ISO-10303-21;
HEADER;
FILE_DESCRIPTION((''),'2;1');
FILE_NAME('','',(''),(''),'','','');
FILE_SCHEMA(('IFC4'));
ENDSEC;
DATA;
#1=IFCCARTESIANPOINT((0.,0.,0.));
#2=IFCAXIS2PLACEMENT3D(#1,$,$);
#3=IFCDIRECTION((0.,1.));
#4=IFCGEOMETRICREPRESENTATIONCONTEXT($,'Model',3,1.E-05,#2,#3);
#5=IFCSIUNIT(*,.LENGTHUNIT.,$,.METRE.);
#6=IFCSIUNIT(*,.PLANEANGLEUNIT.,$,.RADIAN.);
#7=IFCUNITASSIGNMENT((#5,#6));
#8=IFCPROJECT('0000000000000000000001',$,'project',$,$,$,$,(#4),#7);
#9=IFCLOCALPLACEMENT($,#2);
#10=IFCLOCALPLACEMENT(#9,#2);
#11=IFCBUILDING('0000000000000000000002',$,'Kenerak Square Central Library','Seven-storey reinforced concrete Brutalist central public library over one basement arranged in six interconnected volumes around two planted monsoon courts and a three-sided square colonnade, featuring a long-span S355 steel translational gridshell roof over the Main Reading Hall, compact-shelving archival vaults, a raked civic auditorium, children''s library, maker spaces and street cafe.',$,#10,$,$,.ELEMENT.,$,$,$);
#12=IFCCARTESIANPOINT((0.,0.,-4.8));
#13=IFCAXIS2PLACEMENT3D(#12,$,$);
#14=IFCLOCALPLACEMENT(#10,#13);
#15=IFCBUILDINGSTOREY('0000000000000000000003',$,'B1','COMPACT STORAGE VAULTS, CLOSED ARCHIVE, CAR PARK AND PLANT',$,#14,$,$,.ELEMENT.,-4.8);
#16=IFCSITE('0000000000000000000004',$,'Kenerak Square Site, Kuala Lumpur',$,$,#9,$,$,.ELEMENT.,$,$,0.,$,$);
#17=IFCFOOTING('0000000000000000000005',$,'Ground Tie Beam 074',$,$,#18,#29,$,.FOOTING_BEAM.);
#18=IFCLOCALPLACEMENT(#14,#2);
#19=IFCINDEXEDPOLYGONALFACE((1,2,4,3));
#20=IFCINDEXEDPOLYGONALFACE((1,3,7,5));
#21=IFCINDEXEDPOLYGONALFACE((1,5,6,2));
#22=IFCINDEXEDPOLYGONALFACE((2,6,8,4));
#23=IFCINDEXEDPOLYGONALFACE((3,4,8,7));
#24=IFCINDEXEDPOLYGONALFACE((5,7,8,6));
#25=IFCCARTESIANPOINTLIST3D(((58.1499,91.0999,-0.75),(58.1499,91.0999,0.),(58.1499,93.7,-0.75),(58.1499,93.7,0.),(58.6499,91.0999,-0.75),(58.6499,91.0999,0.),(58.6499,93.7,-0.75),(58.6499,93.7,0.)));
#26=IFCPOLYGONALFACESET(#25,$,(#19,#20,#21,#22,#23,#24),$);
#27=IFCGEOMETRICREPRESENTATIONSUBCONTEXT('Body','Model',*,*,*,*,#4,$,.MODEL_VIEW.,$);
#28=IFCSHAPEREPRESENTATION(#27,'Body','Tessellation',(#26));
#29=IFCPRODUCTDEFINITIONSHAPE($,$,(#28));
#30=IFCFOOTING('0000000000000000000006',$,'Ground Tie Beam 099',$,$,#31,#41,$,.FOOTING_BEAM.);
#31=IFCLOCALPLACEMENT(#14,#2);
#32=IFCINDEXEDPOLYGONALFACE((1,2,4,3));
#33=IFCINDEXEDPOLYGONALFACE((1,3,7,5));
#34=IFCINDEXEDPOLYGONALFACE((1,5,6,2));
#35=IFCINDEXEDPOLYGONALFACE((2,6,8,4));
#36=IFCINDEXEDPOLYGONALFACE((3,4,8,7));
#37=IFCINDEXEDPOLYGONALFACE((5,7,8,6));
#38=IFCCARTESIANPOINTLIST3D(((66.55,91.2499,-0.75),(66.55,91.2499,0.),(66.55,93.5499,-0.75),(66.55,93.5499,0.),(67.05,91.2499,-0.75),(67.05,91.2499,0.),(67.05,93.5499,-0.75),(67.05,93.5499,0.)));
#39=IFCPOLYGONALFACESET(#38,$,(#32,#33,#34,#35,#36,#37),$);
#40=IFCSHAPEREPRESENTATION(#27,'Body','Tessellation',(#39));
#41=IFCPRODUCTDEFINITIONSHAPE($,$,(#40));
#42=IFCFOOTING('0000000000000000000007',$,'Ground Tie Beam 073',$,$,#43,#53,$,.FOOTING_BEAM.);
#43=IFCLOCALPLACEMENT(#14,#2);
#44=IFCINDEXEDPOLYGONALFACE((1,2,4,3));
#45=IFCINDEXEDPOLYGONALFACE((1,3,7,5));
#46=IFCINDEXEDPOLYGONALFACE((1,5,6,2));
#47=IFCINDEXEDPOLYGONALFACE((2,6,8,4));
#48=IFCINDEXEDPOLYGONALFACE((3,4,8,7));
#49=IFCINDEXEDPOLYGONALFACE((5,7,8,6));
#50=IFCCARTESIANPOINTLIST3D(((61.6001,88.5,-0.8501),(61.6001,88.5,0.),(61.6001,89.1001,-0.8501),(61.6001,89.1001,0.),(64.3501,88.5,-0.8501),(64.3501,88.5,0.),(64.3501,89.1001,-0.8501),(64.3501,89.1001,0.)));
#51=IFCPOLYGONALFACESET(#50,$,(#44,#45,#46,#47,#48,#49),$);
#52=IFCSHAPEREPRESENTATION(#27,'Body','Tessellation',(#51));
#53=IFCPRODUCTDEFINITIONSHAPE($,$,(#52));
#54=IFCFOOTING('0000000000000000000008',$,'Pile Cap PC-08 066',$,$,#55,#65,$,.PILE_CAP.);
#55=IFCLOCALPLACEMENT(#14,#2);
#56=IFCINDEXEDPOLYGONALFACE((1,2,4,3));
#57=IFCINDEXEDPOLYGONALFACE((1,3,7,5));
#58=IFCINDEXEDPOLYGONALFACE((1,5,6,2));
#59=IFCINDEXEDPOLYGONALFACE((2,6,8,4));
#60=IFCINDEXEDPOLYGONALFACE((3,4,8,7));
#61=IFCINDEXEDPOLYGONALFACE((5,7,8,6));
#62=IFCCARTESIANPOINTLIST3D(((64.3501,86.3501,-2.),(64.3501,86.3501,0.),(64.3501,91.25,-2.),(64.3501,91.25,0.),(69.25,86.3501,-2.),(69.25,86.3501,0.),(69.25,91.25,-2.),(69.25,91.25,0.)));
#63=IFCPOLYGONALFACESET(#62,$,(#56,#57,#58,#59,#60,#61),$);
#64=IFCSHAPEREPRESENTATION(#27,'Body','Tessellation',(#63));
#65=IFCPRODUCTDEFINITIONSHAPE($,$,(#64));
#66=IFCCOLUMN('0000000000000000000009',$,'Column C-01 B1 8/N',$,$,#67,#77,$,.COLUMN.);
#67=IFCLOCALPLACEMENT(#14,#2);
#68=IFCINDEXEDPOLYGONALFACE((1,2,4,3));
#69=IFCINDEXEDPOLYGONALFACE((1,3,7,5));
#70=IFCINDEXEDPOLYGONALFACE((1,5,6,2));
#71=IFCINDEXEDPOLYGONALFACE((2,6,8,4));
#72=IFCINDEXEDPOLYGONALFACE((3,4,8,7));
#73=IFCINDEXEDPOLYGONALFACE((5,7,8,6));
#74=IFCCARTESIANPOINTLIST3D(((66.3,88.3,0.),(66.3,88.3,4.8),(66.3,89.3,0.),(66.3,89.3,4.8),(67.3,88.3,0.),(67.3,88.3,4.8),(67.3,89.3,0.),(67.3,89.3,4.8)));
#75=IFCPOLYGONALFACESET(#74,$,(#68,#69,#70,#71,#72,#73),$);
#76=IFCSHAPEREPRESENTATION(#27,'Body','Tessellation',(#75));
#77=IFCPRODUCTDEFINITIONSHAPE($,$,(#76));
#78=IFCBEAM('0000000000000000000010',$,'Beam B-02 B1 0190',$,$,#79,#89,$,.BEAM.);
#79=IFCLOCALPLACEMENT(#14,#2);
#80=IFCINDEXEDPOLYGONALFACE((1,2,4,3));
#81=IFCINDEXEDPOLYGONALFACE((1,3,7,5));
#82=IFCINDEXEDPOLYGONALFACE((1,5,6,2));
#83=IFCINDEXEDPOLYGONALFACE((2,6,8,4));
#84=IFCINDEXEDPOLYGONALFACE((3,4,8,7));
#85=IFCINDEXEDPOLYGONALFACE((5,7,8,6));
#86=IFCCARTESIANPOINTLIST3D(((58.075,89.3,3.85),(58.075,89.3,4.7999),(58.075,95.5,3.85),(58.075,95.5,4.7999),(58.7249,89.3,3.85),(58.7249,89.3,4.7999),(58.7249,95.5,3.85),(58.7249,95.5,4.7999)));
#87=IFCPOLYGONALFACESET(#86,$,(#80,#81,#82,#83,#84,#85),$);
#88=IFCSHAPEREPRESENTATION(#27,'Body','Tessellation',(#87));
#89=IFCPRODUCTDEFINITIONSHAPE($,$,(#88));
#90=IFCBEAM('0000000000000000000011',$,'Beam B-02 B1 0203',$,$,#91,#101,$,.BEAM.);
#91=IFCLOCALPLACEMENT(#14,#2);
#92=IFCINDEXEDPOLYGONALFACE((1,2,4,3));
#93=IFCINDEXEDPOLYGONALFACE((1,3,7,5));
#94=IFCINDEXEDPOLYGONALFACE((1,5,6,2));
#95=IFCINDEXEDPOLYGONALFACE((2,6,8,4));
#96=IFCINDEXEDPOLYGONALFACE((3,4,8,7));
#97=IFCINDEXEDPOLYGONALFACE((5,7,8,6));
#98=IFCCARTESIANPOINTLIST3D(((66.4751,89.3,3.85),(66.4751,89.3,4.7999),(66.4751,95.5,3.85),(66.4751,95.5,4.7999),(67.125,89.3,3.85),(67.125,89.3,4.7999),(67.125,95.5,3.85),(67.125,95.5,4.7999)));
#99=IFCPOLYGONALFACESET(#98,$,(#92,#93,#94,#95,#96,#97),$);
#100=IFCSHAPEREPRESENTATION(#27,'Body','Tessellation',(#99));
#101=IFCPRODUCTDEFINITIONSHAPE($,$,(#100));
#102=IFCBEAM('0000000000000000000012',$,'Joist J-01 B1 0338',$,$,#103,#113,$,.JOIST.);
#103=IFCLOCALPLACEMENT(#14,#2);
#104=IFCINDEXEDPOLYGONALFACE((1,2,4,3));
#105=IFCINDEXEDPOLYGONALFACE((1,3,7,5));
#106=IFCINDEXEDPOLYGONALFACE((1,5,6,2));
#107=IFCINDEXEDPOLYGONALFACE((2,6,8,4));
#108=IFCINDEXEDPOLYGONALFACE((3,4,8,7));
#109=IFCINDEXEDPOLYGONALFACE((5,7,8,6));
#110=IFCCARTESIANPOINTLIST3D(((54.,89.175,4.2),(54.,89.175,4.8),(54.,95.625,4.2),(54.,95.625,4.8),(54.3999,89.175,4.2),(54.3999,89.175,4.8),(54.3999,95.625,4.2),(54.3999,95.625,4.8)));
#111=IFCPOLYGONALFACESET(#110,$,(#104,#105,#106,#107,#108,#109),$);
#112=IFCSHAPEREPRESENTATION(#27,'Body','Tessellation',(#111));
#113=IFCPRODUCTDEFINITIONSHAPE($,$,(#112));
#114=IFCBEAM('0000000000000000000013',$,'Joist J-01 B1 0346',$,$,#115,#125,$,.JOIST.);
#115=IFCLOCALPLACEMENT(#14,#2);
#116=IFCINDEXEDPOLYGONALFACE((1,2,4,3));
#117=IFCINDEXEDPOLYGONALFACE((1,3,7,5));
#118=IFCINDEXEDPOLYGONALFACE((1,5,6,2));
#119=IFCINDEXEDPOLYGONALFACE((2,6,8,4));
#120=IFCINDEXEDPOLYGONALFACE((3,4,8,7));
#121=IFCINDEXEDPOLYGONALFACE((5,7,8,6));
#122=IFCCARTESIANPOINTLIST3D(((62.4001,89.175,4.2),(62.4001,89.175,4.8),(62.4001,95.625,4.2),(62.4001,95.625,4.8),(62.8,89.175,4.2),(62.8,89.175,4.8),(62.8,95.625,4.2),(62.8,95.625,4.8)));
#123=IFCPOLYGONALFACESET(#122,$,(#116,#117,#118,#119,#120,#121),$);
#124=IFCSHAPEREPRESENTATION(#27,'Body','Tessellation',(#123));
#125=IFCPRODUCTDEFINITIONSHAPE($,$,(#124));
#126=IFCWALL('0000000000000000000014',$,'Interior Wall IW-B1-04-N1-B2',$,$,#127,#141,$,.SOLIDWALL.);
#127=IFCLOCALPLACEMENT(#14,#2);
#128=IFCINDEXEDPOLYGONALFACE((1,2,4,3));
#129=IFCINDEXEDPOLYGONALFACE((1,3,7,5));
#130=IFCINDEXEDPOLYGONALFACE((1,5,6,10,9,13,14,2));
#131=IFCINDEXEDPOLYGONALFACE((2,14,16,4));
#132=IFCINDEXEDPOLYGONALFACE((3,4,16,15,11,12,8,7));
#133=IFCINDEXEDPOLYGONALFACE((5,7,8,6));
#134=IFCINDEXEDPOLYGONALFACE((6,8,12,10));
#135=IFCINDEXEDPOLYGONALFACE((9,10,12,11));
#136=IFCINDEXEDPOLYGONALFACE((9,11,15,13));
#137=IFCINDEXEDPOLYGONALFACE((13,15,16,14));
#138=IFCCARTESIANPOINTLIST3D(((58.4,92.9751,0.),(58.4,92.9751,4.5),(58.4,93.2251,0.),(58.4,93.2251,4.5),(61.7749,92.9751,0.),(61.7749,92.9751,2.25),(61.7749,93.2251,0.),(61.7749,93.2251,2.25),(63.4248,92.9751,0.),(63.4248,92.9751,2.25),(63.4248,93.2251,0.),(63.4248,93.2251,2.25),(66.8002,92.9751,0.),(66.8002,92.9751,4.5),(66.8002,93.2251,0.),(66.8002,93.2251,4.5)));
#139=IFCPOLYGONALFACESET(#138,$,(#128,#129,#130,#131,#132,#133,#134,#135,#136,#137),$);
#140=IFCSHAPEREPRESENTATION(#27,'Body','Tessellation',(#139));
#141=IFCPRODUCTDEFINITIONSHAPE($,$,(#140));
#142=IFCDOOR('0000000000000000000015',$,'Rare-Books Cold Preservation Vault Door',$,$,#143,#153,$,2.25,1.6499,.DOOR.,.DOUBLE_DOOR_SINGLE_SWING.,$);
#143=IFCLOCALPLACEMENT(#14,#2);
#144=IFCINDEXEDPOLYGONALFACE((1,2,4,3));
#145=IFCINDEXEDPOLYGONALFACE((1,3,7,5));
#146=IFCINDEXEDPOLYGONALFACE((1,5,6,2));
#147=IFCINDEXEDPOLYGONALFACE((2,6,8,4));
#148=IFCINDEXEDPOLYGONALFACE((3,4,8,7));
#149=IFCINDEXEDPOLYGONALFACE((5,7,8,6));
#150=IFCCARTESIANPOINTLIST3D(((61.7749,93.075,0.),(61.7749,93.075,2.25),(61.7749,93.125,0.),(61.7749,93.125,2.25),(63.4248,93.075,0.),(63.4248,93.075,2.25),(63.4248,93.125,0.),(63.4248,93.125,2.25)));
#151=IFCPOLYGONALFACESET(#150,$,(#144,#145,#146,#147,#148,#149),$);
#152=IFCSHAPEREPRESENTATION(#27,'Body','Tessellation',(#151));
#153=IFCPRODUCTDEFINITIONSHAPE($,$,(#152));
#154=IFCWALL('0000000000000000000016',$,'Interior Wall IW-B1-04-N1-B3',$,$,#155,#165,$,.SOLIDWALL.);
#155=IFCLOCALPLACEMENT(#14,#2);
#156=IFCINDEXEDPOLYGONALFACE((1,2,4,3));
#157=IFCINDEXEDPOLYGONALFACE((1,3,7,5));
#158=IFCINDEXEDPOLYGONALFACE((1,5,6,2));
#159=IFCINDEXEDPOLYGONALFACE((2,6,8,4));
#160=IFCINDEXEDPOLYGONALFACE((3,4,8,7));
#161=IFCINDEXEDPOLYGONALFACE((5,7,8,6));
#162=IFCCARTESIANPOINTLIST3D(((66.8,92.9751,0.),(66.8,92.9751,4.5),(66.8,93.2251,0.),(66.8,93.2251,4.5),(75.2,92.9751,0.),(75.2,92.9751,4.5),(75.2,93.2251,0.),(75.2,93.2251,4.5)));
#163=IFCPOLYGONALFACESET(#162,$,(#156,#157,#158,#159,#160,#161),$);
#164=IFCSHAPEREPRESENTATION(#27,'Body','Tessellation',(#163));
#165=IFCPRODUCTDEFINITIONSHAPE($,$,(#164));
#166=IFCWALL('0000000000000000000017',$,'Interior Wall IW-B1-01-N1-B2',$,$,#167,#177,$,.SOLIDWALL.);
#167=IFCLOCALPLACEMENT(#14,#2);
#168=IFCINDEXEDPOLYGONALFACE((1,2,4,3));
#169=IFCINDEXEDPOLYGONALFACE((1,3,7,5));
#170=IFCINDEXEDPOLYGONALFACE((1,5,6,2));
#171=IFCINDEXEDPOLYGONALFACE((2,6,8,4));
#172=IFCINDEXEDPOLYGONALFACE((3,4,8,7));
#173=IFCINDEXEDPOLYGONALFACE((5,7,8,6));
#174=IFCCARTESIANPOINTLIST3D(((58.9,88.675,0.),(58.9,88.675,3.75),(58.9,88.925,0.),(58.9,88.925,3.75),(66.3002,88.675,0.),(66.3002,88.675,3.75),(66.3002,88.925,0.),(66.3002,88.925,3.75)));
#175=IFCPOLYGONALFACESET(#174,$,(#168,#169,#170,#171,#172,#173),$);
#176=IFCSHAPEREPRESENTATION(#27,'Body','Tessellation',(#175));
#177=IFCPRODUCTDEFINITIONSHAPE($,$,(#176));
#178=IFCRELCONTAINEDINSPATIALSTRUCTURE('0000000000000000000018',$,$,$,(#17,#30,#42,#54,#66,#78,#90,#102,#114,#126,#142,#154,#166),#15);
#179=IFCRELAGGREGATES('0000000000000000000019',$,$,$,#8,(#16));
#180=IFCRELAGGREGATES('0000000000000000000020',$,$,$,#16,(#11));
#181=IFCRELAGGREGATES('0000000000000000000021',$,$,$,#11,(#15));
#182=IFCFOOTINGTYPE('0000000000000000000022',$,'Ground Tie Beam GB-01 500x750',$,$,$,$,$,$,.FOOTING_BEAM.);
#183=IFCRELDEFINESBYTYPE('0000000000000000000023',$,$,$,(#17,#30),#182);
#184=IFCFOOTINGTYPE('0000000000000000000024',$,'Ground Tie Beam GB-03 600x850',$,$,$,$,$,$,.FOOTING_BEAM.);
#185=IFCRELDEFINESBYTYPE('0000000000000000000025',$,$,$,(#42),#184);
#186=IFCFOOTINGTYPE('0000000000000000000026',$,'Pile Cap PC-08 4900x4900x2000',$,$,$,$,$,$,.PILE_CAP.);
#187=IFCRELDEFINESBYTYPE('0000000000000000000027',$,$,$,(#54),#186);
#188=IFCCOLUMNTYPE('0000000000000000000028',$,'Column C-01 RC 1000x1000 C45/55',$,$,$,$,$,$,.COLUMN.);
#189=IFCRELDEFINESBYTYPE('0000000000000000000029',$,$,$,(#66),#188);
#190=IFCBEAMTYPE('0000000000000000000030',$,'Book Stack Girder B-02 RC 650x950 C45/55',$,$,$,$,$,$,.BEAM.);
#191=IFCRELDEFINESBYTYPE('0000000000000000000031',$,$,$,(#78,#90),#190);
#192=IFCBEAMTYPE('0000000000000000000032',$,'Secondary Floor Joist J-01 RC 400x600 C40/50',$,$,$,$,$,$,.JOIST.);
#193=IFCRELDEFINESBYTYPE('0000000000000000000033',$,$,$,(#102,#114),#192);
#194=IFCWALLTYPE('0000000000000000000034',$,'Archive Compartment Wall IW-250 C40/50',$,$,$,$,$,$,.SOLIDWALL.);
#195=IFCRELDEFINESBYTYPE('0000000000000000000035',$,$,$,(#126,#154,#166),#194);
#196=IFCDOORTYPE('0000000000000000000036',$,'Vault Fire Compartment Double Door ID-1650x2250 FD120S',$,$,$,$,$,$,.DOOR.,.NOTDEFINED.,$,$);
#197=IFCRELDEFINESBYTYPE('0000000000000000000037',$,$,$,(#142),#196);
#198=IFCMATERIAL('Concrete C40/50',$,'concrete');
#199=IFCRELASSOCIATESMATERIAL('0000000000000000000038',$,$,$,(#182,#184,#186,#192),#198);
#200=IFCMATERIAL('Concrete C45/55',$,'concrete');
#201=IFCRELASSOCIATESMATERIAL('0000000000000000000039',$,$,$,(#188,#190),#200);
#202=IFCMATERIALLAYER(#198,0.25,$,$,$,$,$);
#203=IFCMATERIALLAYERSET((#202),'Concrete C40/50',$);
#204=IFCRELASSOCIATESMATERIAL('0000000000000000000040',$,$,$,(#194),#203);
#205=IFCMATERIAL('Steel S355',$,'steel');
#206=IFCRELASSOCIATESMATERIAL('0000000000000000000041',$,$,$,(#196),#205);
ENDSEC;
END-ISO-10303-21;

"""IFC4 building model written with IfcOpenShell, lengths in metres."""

from ifc_helpers import new_model, si_unit, direction, frame, frame_2d, origin, origin_2d, place, context, subcontext, project, spatial, rectangle, extrude, material, layer, layer_set, material_profile, profile_set, type_object, element, fill, save


model = new_model("IFC4")

# Units and contexts
model_context = context("Model", 3, precision=1e-05, world=origin(), true_north=direction((0.0, 1.0)))
body_context = subcontext(model_context, "Body", "Model", "MODEL_VIEW")
ifc_project = project(units=[si_unit("LENGTHUNIT", "METRE"), si_unit("PLANEANGLEUNIT", "RADIAN")], contexts=[model_context])

# Site, building, storey
site_placement = place(None, origin())
site = spatial("IfcSite", under=ifc_project, at=site_placement, Name="Kenerak Square Site, Kuala Lumpur", CompositionType="ELEMENT", RefElevation=0.0)
building_placement = place(site_placement, origin())
building = spatial("IfcBuilding", under=site, at=building_placement, Name="Kenerak Square Central Library", Description="Seven-storey reinforced concrete Brutalist central public library over one basement arranged in six interconnected volumes around two planted monsoon courts and a three-sided square colonnade, featuring a long-span S355 steel translational gridshell roof over the Main Reading Hall, compact-shelving archival vaults, a raked civic auditorium, children's library, maker spaces and street cafe.", CompositionType="ELEMENT")
storey_placement = place(building_placement, frame((0.0, 0.0, -4.8)))
storey = spatial("IfcBuildingStorey", under=building, at=storey_placement, Name="B1", Description="COMPACT STORAGE VAULTS, CLOSED ARCHIVE, CAR PARK AND PLANT", CompositionType="ELEMENT", Elevation=-4.8)

# Shared definitions
ifc_material_1 = material(Name="Concrete C40/50", Category="concrete")

# Footings
footing_type_1 = type_object("IfcFootingType", Name="Ground Tie Beam GB-01 500x750", PredefinedType="FOOTING_BEAM", material=ifc_material_1)
footing_1_placement = place(storey_placement, frame((58.3999, 92.3999, -0.75), z_axis=(0.0, 0.0, 1.0), x_axis=(1.0, 0.0, 0.0)))
element("IfcFooting", 1, at=footing_1_placement, inside=storey, type_object=footing_type_1, Name="Ground Tie Beam 074", PredefinedType="FOOTING_BEAM", context=body_context, shape_type="SweptSolid", body=[
    extrude(rectangle(XDim=0.5, YDim=2.6001, at=origin_2d()), origin(), (0.0, 0.0, 1.0), 0.75),
])
footing_2_placement = place(storey_placement, frame((66.8, 92.3999, -0.75), z_axis=(0.0, 0.0, 1.0), x_axis=(1.0, 0.0, 0.0)))
element("IfcFooting", 2, at=footing_2_placement, inside=storey, type_object=footing_type_1, Name="Ground Tie Beam 099", PredefinedType="FOOTING_BEAM", context=body_context, shape_type="SweptSolid", body=[
    extrude(rectangle(XDim=0.5, YDim=2.3, at=origin_2d()), origin(), (0.0, 0.0, 1.0), 0.75),
])
footing_type_2 = type_object("IfcFootingType", Name="Ground Tie Beam GB-03 600x850", PredefinedType="FOOTING_BEAM", material=ifc_material_1)
footing_3_placement = place(storey_placement, frame((62.9751, 88.8, -0.8501), z_axis=(0.0, 0.0, 1.0), x_axis=(1.0, 0.0, 0.0)))
element("IfcFooting", 3, at=footing_3_placement, inside=storey, type_object=footing_type_2, Name="Ground Tie Beam 073", PredefinedType="FOOTING_BEAM", context=body_context, shape_type="SweptSolid", body=[
    extrude(rectangle(XDim=2.75, YDim=0.6001, at=origin_2d()), origin(), (0.0, 0.0, 1.0), 0.8501),
])
footing_type_3 = type_object("IfcFootingType", Name="Pile Cap PC-08 4900x4900x2000", PredefinedType="PILE_CAP", material=ifc_material_1)
footing_4_placement = place(storey_placement, frame((66.8, 88.8, -2.0), z_axis=(0.0, 0.0, 1.0), x_axis=(1.0, 0.0, 0.0)))
element("IfcFooting", 4, at=footing_4_placement, inside=storey, type_object=footing_type_3, Name="Pile Cap PC-08 066", PredefinedType="PILE_CAP", context=body_context, shape_type="SweptSolid", body=[
    extrude(rectangle(XDim=4.8999, YDim=4.8999, at=origin_2d()), origin(), (0.0, 0.0, 1.0), 2.0),
])

# Column
ifc_material_2 = material(Name="Concrete C45/55", Category="concrete")
ifc_material_profile_1 = material_profile(ifc_material_2, rectangle(XDim=1.0, YDim=1.0, at=origin_2d()), Name="RC 1000x1000")
ifc_profile_set_1 = profile_set([ifc_material_profile_1], Name="Concrete C45/55")
column_type = type_object("IfcColumnType", Name="Column C-01 RC 1000x1000 C45/55", PredefinedType="COLUMN", material=ifc_profile_set_1)
column_placement = place(storey_placement, frame((66.8, 88.8, 0.0), z_axis=(0.0, 0.0, 1.0), x_axis=(1.0, 0.0, 0.0)))
element("IfcColumn", 5, at=column_placement, inside=storey, type_object=column_type, Name="Column C-01 B1 8/N", PredefinedType="COLUMN", context=body_context, shape_type="SweptSolid", body=[
    extrude(rectangle(XDim=1.0, YDim=1.0, at=origin_2d()), origin(), (0.0, 0.0, 1.0), 4.8),
])

# Beams
ifc_material_profile_2 = material_profile(ifc_material_2, rectangle(XDim=0.6499, YDim=0.95, at=origin_2d()), Name="RC 650x950")
ifc_profile_set_2 = profile_set([ifc_material_profile_2], Name="Concrete C45/55")
beam_type_1 = type_object("IfcBeamType", Name="Book Stack Girder B-02 RC 650x950 C45/55", PredefinedType="BEAM", material=ifc_profile_set_2)
for number, where, z_axis, x_axis, name in (
    (6, (58.3999, 89.3, 4.325), (0.0, 1.0, 0.0), (-1.0, 0.0, 0.0), "Beam B-02 B1 0190"),
    (7, (66.8, 89.3, 4.325), (0.0, 1.0, 0.0), (-1.0, 0.0, 0.0), "Beam B-02 B1 0203"),
):
    element("IfcBeam", number, at=place(storey_placement, frame(where, z_axis=z_axis, x_axis=x_axis)), inside=storey, type_object=beam_type_1, Name=name, PredefinedType="BEAM", context=body_context, shape_type="SweptSolid", body=[
        extrude(rectangle(XDim=0.6499, YDim=0.95, at=origin_2d()), origin(), (0.0, 0.0, 1.0), 6.2),
    ])
ifc_material_profile_3 = material_profile(ifc_material_1, rectangle(XDim=0.3999, YDim=0.6001, at=origin_2d()), Name="RC 400x600")
ifc_profile_set_3 = profile_set([ifc_material_profile_3], Name="Concrete C40/50")
beam_type_2 = type_object("IfcBeamType", Name="Secondary Floor Joist J-01 RC 400x600 C40/50", PredefinedType="JOIST", material=ifc_profile_set_3)
for number, where, z_axis, x_axis, name in (
    (8, (54.2, 89.175, 4.5), (0.0, 1.0, 0.0), (-1.0, 0.0, 0.0), "Joist J-01 B1 0338"),
    (9, (62.6001, 89.175, 4.5), (0.0, 1.0, 0.0), (-1.0, 0.0, 0.0), "Joist J-01 B1 0346"),
):
    element("IfcBeam", number, at=place(storey_placement, frame(where, z_axis=z_axis, x_axis=x_axis)), inside=storey, type_object=beam_type_2, Name=name, PredefinedType="JOIST", context=body_context, shape_type="SweptSolid", body=[
        extrude(rectangle(XDim=0.3999, YDim=0.6001, at=origin_2d()), origin(), (0.0, 0.0, 1.0), 6.45),
    ])

# Wall, opening, door
ifc_layer = layer(ifc_material_1, 0.25)
ifc_layer_set = layer_set([ifc_layer], Name="Concrete C40/50")
wall_type = type_object("IfcWallType", Name="Archive Compartment Wall IW-250 C40/50", PredefinedType="SOLIDWALL", material=ifc_layer_set)
wall_1_placement = place(storey_placement, frame((58.3999, 93.1001, 0.0), z_axis=(0.0, 0.0, 1.0), x_axis=(1.0, 0.0, 0.0)))
wall_1 = element("IfcWall", 10, at=wall_1_placement, inside=storey, type_object=wall_type, Name="Interior Wall IW-B1-04-N1-B2", PredefinedType="SOLIDWALL", context=body_context, shape_type="SweptSolid", body=[
    extrude(rectangle(XDim=8.4001, YDim=0.25, at=frame_2d((4.2002, 0.0))), origin(), (0.0, 0.0, 1.0), 4.5),
])
opening_placement = place(wall_1_placement, frame((3.375, 0.0, 0.0)))
opening = element("IfcOpeningElement", 11, at=opening_placement, cuts=wall_1, PredefinedType="OPENING", context=body_context, shape_type="SweptSolid", body=[
    extrude(rectangle(XDim=1.6499, YDim=2.25, at=frame_2d((0.825, 1.125))), frame((0.0, 0.135, 0.0), z_axis=(0.0, -1.0, 0.0), x_axis=(1.0, 0.0, 0.0)), (0.0, 0.0, 1.0), 0.27),
])
ifc_material_3 = material(Name="Steel S355", Category="steel")
door_type = type_object("IfcDoorType", Name="Vault Fire Compartment Double Door ID-1650x2250 FD120S", OperationType="NOTDEFINED", PredefinedType="DOOR", material=ifc_material_3)
door_placement = place(opening_placement, origin())
door = element("IfcDoor", 12, at=door_placement, inside=storey, type_object=door_type, Name="Rare-Books Cold Preservation Vault Door", OperationType="DOUBLE_DOOR_SINGLE_SWING", OverallHeight=2.25, OverallWidth=1.6499, PredefinedType="DOOR", context=body_context, shape_type="SweptSolid", body=[
    extrude(rectangle(XDim=1.6499, YDim=2.25, at=frame_2d((0.825, 1.125))), frame((0.0, 0.0249, 0.0), z_axis=(0.0, -1.0, 0.0), x_axis=(1.0, 0.0, 0.0)), (0.0, 0.0, 1.0), 0.05),
])
fill(opening, door)

# Walls
wall_2_placement = place(storey_placement, frame((66.8, 93.1001, 0.0), z_axis=(0.0, 0.0, 1.0), x_axis=(1.0, 0.0, 0.0)))
element("IfcWall", 13, at=wall_2_placement, inside=storey, type_object=wall_type, Name="Interior Wall IW-B1-04-N1-B3", PredefinedType="SOLIDWALL", context=body_context, shape_type="SweptSolid", body=[
    extrude(rectangle(XDim=8.3999, YDim=0.25, at=frame_2d((4.2, 0.0))), origin(), (0.0, 0.0, 1.0), 4.5),
])
wall_3_placement = place(storey_placement, frame((58.8999, 88.8, 0.0), z_axis=(0.0, 0.0, 1.0), x_axis=(1.0, 0.0, 0.0)))
element("IfcWall", 14, at=wall_3_placement, inside=storey, type_object=wall_type, Name="Interior Wall IW-B1-01-N1-B2", PredefinedType="SOLIDWALL", context=body_context, shape_type="SweptSolid", body=[
    extrude(rectangle(XDim=7.4001, YDim=0.25, at=frame_2d((3.7002, 0.0))), origin(), (0.0, 0.0, 1.0), 3.75),
])

save(model, "model.ifc")
